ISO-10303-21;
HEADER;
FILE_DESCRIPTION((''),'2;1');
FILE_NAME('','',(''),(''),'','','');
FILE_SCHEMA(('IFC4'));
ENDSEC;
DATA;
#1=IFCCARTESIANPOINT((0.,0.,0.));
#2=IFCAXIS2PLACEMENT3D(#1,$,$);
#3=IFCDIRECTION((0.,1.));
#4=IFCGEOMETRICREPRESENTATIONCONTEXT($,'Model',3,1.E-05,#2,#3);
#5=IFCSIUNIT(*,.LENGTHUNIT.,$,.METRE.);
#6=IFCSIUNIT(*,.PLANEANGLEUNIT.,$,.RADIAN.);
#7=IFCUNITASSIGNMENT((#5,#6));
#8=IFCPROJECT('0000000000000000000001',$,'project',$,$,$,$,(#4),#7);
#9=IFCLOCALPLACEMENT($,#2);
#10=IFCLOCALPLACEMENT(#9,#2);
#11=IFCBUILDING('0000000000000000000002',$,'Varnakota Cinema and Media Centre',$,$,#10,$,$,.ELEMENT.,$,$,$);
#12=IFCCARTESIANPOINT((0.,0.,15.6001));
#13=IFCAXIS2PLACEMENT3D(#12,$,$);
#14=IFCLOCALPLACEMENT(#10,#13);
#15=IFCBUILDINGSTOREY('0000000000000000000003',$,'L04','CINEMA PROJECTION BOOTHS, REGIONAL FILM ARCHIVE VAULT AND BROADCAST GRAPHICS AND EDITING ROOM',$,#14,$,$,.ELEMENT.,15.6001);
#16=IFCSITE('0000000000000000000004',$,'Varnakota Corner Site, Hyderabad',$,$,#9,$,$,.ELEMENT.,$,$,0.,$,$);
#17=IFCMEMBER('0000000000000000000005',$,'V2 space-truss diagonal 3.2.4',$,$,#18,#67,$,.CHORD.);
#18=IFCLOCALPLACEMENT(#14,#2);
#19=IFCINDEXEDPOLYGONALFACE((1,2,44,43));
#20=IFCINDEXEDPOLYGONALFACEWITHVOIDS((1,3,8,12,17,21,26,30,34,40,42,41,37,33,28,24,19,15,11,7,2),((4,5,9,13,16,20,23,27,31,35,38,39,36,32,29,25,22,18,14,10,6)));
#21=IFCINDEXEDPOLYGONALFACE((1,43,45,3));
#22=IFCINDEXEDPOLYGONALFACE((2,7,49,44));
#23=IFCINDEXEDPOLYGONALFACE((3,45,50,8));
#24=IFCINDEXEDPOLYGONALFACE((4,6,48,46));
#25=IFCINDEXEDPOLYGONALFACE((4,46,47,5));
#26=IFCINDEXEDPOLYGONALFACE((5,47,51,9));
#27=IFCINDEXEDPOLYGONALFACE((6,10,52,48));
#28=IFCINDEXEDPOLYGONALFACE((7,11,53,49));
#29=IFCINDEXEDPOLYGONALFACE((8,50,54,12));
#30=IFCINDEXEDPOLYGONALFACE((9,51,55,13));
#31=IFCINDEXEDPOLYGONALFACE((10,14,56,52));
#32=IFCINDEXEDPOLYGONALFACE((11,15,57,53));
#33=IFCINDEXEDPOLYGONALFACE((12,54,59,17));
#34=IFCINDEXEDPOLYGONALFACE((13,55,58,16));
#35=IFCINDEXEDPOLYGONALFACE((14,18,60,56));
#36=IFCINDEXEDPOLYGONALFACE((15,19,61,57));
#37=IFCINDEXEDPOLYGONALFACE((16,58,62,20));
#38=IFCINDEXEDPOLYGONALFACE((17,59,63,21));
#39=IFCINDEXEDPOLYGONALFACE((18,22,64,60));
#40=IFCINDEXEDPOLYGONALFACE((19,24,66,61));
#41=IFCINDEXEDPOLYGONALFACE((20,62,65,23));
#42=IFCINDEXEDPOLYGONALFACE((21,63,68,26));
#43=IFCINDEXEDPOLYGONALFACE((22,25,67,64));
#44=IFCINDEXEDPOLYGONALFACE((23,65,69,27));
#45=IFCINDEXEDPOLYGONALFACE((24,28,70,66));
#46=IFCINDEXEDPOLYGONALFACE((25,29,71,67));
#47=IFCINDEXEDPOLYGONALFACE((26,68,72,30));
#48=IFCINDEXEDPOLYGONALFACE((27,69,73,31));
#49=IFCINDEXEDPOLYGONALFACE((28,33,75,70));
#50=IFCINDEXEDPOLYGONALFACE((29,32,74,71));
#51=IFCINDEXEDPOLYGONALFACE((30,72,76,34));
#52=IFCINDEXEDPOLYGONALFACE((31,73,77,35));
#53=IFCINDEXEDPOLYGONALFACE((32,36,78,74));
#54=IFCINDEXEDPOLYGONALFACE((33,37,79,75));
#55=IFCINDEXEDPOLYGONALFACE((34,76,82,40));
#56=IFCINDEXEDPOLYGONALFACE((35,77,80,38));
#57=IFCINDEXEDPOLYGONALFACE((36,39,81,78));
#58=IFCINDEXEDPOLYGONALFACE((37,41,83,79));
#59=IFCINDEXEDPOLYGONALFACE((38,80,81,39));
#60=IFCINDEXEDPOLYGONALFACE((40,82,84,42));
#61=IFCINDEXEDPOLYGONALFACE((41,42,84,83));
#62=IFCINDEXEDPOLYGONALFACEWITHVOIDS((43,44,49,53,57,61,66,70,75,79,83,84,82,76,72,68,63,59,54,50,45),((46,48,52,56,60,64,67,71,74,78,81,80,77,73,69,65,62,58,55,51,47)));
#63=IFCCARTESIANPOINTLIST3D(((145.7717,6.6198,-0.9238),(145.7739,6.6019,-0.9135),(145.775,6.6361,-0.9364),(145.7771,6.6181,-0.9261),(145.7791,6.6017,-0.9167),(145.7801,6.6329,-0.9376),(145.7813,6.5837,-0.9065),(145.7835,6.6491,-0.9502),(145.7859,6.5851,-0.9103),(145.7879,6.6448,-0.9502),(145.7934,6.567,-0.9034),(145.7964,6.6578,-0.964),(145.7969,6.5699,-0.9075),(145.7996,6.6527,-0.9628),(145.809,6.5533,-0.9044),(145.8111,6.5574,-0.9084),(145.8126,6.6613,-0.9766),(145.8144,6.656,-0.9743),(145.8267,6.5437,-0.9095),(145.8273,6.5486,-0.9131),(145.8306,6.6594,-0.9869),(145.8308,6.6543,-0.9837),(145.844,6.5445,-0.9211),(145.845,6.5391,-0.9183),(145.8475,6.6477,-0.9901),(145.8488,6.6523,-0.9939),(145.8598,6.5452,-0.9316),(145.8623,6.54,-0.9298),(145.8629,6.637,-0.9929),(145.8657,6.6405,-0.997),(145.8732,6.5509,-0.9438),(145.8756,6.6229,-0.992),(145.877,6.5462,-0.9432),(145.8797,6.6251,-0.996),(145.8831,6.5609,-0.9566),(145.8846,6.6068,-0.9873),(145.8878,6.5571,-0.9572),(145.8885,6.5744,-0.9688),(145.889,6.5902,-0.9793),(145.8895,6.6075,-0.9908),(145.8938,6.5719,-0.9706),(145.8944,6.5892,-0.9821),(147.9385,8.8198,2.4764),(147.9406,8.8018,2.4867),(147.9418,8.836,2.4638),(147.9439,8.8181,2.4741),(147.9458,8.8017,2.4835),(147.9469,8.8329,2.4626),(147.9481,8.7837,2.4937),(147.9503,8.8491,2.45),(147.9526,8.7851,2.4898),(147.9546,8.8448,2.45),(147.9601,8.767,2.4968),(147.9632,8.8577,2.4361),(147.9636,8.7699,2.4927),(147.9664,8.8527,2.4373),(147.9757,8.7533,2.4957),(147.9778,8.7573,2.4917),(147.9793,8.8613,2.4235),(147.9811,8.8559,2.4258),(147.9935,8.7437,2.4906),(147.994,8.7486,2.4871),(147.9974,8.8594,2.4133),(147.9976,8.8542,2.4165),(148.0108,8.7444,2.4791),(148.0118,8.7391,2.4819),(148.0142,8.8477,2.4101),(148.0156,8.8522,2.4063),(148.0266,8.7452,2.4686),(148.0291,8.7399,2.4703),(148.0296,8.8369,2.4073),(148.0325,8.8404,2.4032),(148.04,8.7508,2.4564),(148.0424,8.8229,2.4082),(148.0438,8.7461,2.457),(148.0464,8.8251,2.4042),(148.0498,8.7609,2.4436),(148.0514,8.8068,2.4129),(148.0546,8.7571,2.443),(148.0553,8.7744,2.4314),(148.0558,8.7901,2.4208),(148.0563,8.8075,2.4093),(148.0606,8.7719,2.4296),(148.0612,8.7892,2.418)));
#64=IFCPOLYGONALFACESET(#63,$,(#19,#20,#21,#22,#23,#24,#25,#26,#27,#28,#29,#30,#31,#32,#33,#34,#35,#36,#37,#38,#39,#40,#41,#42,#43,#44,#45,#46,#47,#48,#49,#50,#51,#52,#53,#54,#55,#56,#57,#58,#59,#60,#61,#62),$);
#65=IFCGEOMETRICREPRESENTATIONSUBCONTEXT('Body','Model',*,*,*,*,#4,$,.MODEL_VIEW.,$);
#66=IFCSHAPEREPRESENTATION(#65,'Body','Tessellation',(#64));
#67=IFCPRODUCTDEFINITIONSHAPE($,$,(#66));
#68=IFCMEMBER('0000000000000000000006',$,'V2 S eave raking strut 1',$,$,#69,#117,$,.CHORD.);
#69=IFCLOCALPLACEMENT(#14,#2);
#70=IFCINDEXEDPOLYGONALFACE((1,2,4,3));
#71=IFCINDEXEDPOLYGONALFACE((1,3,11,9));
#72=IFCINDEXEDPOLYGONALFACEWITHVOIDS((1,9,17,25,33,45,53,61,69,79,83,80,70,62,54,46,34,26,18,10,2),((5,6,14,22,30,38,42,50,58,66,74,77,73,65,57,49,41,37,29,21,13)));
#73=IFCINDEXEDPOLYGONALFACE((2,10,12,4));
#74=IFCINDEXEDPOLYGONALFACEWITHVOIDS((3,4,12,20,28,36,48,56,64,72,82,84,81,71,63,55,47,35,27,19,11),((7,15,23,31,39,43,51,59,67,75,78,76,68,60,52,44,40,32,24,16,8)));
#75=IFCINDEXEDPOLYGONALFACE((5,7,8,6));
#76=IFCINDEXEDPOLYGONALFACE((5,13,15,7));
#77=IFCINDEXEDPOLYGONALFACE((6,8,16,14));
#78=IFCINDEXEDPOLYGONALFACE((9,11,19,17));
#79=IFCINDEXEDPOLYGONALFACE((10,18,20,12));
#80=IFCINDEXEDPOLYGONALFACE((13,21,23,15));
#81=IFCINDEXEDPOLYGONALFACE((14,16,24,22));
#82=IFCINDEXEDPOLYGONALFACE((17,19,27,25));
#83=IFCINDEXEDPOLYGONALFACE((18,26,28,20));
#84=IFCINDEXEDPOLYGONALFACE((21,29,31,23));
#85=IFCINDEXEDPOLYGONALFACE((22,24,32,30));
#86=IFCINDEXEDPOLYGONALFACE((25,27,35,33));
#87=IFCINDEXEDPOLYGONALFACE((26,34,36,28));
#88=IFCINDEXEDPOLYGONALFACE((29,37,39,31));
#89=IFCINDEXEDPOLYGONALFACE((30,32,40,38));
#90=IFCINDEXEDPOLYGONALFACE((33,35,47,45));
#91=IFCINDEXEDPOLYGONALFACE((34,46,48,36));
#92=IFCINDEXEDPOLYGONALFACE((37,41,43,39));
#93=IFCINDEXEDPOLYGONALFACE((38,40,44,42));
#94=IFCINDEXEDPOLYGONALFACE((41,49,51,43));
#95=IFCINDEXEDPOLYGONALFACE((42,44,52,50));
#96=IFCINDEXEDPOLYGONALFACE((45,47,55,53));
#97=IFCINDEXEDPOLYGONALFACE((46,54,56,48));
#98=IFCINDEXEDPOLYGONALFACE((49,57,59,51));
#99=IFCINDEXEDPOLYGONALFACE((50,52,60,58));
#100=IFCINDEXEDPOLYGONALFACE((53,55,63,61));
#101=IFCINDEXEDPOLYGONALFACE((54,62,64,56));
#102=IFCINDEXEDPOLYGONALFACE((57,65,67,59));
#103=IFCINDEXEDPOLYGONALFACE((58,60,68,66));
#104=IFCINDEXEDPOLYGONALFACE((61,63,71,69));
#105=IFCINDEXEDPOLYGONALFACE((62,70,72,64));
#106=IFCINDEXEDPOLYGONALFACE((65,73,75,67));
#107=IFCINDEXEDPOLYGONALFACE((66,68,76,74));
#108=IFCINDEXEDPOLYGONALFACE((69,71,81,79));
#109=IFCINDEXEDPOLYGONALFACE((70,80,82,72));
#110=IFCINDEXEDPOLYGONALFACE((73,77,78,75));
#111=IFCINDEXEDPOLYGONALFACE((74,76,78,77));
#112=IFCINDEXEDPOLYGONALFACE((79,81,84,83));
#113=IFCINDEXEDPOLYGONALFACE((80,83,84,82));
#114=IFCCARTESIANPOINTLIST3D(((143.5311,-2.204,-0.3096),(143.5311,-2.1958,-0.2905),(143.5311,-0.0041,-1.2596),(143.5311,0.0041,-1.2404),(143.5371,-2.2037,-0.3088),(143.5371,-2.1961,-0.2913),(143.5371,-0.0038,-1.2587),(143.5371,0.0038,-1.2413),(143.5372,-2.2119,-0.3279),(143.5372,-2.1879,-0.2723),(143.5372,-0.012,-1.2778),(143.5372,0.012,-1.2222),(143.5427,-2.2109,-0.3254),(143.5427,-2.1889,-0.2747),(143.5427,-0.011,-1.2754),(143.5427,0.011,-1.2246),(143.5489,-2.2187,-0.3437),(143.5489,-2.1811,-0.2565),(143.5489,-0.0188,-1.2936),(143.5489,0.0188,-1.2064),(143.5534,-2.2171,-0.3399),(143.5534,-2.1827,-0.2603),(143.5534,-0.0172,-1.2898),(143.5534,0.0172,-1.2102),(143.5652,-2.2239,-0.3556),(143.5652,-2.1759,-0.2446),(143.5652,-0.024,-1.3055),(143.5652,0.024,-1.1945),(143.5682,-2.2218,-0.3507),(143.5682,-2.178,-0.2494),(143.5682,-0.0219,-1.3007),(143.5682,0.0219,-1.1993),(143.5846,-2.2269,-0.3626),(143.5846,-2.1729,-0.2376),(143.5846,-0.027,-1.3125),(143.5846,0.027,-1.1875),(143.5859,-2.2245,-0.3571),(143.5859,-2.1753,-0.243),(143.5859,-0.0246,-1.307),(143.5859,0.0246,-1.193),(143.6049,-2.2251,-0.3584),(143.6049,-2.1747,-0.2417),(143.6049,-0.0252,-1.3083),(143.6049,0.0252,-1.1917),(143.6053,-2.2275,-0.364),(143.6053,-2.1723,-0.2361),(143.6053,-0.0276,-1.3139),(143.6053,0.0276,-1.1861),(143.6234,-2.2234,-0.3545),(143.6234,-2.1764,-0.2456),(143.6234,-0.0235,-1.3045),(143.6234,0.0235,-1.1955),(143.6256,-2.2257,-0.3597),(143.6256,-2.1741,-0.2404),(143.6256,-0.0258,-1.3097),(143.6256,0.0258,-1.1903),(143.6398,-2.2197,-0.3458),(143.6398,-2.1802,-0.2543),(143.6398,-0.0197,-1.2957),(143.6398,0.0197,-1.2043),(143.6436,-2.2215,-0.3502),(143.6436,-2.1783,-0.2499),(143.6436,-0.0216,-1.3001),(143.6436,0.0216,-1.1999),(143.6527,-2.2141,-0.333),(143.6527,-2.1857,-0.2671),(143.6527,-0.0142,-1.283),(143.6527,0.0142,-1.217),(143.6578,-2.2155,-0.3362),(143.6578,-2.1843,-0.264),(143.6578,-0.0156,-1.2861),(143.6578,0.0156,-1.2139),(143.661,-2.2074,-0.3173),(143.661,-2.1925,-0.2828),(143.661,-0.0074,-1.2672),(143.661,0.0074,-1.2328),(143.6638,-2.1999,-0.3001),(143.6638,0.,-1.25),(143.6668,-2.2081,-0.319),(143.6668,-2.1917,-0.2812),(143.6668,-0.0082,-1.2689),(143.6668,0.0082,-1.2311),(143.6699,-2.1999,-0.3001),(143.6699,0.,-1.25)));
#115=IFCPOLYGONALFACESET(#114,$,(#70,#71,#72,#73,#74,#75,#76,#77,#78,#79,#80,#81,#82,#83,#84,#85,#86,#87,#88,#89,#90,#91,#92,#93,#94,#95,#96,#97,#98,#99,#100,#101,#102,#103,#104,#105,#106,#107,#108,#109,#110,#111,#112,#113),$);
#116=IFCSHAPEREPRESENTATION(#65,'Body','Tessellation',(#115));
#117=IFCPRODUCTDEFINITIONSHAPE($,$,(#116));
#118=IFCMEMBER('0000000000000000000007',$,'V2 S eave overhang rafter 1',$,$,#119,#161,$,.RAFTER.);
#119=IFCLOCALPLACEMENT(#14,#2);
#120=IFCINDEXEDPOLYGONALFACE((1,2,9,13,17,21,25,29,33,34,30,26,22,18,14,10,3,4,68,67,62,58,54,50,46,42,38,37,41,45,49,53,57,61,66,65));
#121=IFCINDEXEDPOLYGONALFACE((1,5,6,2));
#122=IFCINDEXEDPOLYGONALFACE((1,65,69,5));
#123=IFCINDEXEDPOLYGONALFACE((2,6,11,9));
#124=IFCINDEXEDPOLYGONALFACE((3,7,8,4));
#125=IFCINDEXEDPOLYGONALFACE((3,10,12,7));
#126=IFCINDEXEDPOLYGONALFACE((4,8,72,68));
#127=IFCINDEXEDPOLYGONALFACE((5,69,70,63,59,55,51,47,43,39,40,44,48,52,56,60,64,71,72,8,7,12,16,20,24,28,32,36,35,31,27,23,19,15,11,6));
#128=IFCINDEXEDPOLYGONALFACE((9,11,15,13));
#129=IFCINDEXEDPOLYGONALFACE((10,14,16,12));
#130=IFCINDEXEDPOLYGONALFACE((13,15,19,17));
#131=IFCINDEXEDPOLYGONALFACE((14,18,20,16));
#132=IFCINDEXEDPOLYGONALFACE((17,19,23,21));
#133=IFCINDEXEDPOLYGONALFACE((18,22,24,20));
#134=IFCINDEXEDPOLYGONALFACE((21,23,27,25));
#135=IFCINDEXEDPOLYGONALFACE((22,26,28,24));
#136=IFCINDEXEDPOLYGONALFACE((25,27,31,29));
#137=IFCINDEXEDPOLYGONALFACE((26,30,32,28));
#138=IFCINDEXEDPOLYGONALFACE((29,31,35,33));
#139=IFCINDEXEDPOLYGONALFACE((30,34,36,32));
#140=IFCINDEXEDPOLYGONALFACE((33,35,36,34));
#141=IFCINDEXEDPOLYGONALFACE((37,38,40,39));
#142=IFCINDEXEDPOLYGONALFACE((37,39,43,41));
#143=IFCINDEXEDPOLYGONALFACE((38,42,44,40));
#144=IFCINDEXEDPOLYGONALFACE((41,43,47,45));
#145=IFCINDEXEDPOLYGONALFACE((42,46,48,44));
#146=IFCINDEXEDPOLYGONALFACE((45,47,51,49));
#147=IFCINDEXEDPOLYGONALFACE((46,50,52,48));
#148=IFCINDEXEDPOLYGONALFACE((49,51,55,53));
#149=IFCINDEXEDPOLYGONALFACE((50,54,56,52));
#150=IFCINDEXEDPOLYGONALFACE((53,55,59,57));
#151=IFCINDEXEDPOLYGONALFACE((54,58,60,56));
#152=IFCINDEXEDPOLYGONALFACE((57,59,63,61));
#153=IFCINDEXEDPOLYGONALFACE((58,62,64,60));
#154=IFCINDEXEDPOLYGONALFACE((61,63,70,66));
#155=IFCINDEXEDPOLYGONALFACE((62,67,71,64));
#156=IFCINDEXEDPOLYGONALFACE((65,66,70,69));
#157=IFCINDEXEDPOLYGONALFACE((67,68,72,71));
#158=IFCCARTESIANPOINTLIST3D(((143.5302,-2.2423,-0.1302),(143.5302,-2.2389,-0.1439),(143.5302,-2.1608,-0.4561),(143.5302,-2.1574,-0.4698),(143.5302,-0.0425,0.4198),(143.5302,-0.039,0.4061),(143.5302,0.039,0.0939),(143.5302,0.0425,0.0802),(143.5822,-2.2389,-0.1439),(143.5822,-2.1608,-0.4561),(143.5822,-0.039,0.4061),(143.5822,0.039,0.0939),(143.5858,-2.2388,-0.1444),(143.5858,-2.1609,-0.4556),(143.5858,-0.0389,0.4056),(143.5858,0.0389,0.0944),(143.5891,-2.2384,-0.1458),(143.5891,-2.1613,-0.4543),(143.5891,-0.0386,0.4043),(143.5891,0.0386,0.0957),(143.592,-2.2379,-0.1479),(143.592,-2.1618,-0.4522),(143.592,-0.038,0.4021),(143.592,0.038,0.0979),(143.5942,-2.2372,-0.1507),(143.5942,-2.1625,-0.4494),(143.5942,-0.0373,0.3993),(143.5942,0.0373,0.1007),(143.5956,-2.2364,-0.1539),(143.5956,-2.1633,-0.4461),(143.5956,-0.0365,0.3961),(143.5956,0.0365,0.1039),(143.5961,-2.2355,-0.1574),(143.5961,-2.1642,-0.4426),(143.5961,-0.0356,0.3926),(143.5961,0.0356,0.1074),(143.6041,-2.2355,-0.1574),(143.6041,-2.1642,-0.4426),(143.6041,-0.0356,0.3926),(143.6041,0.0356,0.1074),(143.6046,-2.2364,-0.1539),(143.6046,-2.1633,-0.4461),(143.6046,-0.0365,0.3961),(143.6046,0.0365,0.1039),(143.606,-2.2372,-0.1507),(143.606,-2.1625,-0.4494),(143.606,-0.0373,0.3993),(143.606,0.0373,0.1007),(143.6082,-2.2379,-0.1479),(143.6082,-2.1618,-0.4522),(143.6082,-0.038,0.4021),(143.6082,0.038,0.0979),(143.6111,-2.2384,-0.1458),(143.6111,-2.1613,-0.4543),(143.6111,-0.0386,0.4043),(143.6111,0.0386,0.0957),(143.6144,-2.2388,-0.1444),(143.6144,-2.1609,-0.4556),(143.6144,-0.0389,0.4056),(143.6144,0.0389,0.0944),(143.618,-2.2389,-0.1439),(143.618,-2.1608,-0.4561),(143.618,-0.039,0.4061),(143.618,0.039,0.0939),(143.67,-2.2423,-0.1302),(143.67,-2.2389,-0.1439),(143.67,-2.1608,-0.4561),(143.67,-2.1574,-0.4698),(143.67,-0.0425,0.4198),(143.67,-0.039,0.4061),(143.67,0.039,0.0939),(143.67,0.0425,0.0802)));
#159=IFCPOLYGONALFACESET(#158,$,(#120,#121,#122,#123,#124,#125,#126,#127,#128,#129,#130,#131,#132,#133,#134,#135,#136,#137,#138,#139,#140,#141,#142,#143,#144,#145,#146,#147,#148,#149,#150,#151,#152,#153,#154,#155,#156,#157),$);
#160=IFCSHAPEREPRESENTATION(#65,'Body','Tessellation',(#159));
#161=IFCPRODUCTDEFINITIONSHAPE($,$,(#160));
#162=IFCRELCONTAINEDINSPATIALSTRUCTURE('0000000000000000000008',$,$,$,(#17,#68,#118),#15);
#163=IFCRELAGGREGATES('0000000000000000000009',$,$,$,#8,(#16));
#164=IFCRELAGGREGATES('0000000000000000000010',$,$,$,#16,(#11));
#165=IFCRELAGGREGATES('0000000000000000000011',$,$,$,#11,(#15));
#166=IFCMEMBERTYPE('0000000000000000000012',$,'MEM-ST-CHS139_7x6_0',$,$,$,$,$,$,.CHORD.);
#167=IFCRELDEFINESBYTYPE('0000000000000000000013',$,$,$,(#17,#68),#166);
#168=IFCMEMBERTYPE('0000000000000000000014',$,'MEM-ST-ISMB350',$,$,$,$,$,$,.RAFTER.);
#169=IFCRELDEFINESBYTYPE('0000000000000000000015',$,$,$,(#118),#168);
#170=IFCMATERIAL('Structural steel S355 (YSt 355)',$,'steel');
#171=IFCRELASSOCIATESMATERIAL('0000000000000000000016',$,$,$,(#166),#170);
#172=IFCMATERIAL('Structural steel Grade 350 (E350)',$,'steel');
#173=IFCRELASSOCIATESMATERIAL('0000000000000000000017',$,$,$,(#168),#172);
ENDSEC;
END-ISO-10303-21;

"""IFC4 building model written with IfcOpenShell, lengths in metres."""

from ifc_helpers import new_model, si_unit, direction, frame, origin, origin_2d, place, context, subcontext, project, spatial, hollow_circle, i_section, extrude, material, material_profile, profile_set, type_object, element, save


model = new_model("IFC4")

# Units and contexts
model_context = context("Model", 3, precision=1e-05, world=origin(), true_north=direction((0.0, 1.0)))
body_context = subcontext(model_context, "Body", "Model", "MODEL_VIEW")
ifc_project = project(units=[si_unit("LENGTHUNIT", "METRE"), si_unit("PLANEANGLEUNIT", "RADIAN")], contexts=[model_context])

# Site, building, storey
site_placement = place(None, origin())
site = spatial("IfcSite", under=ifc_project, at=site_placement, Name="Varnakota Corner Site, Hyderabad", CompositionType="ELEMENT", RefElevation=0.0)
building_placement = place(site_placement, origin())
building = spatial("IfcBuilding", under=site, at=building_placement, Name="Varnakota Cinema and Media Centre", CompositionType="ELEMENT")
storey_placement = place(building_placement, frame((0.0, 0.0, 15.6001)))
storey = spatial("IfcBuildingStorey", under=building, at=storey_placement, Name="L04", Description="CINEMA PROJECTION BOOTHS, REGIONAL FILM ARCHIVE VAULT AND BROADCAST GRAPHICS AND EDITING ROOM", CompositionType="ELEMENT", Elevation=15.6001)

# Members
ifc_material_1 = material(Name="Structural steel S355 (YSt 355)", Category="steel")
ifc_material_profile_1 = material_profile(ifc_material_1, hollow_circle(Radius=0.0698, WallThickness=0.0061, at=origin_2d()), Name="CHS 139.7x6.0")
ifc_profile_set_1 = profile_set([ifc_material_profile_1], Name="Structural steel S355 (YSt 355)")
member_type_1 = type_object("IfcMemberType", Name="MEM-ST-CHS139_7x6_0", PredefinedType="CHORD", material=ifc_profile_set_1)
member_1_placement = place(storey_placement, frame((145.8333, 6.6001, -0.9502), z_axis=(0.471751, 0.47898, 0.74029), x_axis=(-0.712463, 0.70171, 0.0)))
element("IfcMember", 1, at=member_1_placement, inside=storey, type_object=member_type_1, Name="V2 space-truss diagonal 3.2.4", PredefinedType="CHORD", context=body_context, shape_type="SweptSolid", body=[
    extrude(hollow_circle(Radius=0.0698, WallThickness=0.0061, at=origin_2d()), origin(), (0.0, 0.0, 1.0), 4.593),
])
member_2_placement = place(storey_placement, frame((143.6001, 0.0, -1.25), z_axis=(0.0, -0.918067, 0.396426), x_axis=(1.0, 0.0, 0.0)))
element("IfcMember", 2, at=member_2_placement, inside=storey, type_object=member_type_1, Name="V2 S eave raking strut 1", PredefinedType="CHORD", context=body_context, shape_type="SweptSolid", body=[
    extrude(hollow_circle(Radius=0.0698, WallThickness=0.0061, at=origin_2d()), origin(), (0.0, 0.0, 1.0), 2.3962),
])
ifc_material_2 = material(Name="Structural steel Grade 350 (E350)", Category="steel")
ifc_material_profile_2 = material_profile(ifc_material_2, i_section(OverallWidth=0.1399, OverallDepth=0.3501, WebThickness=0.0081, FlangeThickness=0.0142, FilletRadius=0.0139, at=origin_2d()), Name="ISMB 350")
ifc_profile_set_2 = profile_set([ifc_material_profile_2], Name="Structural steel Grade 350 (E350)")
member_type_2 = type_object("IfcMemberType", Name="MEM-ST-ISMB350", PredefinedType="RAFTER", material=ifc_profile_set_2)
member_3_placement = place(storey_placement, frame((143.6001, 0.0, 0.25), z_axis=(0.0, -0.970136, -0.242561), x_axis=(1.0, 0.0, 0.0)))
element("IfcMember", 3, at=member_3_placement, inside=storey, type_object=member_type_2, Name="V2 S eave overhang rafter 1", PredefinedType="RAFTER", context=body_context, shape_type="SweptSolid", body=[
    extrude(i_section(OverallWidth=0.1399, OverallDepth=0.3501, WebThickness=0.0081, FlangeThickness=0.0142, FilletRadius=0.0139, at=origin_2d()), origin(), (0.0, 0.0, 1.0), 2.2676),
])

save(model, "model.ifc")
